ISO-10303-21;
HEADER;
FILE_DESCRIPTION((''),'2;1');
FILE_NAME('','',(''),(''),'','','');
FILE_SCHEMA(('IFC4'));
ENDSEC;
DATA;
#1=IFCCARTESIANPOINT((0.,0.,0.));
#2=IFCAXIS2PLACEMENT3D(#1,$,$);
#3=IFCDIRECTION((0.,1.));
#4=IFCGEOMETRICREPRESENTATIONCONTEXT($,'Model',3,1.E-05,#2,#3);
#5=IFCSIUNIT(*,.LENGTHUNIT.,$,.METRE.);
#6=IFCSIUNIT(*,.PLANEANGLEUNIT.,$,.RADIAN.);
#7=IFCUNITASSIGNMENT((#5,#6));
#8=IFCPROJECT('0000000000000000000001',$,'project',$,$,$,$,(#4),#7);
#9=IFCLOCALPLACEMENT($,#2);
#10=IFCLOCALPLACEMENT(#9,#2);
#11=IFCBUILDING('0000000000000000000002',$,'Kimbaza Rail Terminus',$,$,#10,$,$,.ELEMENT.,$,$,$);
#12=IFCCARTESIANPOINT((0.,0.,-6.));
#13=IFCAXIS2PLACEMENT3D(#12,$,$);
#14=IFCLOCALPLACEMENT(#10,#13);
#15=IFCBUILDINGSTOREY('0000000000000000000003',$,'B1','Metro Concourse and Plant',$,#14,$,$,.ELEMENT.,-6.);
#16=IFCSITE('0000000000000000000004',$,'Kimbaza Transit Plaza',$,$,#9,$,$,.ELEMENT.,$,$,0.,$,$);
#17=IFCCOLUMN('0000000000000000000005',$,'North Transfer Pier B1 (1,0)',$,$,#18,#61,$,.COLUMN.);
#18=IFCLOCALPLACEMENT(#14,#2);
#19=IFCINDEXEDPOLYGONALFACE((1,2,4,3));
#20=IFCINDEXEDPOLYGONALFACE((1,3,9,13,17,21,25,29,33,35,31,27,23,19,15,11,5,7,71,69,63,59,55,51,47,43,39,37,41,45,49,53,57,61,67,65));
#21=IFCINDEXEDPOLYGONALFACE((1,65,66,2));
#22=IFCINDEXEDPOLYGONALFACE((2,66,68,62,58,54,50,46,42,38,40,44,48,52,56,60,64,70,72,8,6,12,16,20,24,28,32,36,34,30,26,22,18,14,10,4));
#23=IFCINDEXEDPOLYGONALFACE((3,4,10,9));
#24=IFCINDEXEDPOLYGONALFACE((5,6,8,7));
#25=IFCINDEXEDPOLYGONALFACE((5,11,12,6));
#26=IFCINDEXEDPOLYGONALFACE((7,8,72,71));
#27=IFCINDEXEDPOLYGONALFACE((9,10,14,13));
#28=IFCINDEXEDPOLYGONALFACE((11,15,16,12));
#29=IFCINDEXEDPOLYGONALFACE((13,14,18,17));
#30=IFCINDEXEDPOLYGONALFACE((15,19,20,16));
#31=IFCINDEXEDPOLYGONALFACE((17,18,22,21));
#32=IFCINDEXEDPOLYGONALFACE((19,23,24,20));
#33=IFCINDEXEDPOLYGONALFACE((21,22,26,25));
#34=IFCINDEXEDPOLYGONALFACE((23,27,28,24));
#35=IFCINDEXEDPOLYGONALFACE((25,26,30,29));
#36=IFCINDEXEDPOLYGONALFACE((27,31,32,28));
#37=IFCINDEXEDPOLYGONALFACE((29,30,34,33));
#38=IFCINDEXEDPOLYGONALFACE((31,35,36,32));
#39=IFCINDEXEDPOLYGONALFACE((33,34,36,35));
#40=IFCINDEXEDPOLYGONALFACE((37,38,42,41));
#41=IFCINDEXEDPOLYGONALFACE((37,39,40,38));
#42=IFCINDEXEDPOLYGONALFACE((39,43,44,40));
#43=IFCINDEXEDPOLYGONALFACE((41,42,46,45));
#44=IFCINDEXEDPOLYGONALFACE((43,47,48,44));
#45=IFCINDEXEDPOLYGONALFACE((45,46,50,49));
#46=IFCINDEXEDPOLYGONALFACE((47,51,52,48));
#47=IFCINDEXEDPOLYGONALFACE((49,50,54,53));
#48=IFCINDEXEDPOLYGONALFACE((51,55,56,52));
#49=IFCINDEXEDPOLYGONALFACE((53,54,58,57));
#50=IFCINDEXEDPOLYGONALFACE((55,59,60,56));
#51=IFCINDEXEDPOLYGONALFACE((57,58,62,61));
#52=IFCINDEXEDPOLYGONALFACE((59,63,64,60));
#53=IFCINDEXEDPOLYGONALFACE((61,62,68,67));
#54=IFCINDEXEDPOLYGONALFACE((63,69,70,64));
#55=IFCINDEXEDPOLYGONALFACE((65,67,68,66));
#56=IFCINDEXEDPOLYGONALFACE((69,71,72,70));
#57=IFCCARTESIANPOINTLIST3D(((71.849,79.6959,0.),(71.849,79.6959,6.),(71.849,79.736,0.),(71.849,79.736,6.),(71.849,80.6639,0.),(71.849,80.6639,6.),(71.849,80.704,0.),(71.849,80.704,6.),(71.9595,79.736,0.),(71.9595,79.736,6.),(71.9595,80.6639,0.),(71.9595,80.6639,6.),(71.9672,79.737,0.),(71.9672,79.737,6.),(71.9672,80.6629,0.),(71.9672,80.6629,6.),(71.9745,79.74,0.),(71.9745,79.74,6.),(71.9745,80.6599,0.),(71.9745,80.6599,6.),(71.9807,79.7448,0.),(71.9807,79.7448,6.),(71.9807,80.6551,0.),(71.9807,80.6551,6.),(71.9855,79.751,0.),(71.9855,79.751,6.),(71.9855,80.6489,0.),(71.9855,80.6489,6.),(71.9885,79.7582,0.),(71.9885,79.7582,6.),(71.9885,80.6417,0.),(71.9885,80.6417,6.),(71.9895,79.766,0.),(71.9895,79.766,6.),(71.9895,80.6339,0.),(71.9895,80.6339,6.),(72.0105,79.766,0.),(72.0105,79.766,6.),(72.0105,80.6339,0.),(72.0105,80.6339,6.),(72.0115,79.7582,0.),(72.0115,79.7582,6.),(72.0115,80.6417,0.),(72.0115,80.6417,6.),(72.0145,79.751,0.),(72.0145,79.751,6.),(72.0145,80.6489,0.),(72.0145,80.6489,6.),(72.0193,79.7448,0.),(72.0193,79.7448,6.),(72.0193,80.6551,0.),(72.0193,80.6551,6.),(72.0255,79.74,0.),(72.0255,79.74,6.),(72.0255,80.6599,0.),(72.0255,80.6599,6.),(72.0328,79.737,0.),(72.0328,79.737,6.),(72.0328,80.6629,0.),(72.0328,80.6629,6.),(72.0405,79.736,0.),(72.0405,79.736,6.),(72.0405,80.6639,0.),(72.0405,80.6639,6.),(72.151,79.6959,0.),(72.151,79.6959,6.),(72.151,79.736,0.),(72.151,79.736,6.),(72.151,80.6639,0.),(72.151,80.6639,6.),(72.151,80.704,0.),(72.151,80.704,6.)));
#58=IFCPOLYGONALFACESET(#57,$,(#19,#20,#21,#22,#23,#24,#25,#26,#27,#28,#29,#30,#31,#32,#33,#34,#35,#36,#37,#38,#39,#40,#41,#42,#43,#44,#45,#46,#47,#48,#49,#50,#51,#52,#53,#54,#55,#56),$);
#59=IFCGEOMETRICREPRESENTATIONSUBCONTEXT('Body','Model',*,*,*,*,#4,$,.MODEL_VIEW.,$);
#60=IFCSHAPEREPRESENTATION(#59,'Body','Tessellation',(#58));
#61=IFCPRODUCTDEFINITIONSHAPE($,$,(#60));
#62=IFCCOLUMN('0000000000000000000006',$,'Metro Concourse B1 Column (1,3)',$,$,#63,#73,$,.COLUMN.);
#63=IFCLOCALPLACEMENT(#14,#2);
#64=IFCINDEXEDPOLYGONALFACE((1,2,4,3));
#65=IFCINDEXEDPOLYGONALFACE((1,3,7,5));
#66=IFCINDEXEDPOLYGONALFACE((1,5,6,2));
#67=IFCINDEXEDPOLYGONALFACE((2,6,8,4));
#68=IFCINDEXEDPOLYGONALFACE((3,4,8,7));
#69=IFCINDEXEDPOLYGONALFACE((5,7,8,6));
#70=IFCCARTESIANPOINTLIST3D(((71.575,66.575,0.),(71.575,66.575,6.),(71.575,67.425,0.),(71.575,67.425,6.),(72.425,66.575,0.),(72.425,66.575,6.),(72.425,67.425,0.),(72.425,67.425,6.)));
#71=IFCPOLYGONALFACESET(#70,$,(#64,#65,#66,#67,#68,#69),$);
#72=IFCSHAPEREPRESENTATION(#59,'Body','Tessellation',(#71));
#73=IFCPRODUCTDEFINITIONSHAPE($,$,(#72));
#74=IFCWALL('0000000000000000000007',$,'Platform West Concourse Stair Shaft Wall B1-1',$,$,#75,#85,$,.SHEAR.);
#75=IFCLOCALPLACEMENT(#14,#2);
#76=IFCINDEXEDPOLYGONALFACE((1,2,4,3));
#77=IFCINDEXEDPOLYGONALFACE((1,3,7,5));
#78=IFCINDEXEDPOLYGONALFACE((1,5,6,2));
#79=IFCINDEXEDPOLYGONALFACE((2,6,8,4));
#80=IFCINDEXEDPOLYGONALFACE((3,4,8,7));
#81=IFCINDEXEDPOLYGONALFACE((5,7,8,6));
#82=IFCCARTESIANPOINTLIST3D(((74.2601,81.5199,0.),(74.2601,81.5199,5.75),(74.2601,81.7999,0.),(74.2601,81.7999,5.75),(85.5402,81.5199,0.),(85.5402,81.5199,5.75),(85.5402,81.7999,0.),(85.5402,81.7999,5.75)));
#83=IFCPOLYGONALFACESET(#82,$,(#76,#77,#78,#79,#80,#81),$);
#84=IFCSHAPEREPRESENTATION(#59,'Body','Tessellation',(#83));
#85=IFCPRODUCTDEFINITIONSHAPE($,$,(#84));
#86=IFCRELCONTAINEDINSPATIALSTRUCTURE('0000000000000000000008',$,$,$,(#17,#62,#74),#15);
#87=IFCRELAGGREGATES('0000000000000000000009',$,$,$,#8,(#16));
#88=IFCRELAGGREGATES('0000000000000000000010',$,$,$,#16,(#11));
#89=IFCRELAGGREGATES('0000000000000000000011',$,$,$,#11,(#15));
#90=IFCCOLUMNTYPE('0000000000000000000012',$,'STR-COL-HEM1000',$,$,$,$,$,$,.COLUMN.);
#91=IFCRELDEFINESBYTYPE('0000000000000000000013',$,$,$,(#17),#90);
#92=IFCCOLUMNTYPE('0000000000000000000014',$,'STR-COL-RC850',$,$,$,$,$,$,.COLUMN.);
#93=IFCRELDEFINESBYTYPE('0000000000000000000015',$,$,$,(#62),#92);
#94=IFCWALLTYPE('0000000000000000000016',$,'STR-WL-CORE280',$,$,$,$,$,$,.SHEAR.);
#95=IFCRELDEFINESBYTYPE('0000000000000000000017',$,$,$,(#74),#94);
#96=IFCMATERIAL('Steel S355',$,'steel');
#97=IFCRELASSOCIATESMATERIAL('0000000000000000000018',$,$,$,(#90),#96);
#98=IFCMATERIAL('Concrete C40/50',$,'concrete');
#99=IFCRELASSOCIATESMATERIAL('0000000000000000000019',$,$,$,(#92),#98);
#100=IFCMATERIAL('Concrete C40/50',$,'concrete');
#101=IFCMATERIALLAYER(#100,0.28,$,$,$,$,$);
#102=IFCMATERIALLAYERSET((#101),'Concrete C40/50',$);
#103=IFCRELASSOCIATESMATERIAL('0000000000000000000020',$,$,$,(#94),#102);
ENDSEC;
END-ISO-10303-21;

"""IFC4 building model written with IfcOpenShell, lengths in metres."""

from ifc_helpers import new_model, si_unit, direction, frame, frame_2d, origin, origin_2d, place, context, subcontext, project, spatial, rectangle, i_section, extrude, material, layer, layer_set, material_profile, profile_set, type_object, element, save


model = new_model("IFC4")

# Units and contexts
model_context = context("Model", 3, precision=1e-05, world=origin(), true_north=direction((0.0, 1.0)))
body_context = subcontext(model_context, "Body", "Model", "MODEL_VIEW")
ifc_project = project(units=[si_unit("LENGTHUNIT", "METRE"), si_unit("PLANEANGLEUNIT", "RADIAN")], contexts=[model_context])

# Site, building, storey
site_placement = place(None, origin())
site = spatial("IfcSite", under=ifc_project, at=site_placement, Name="Kimbaza Transit Plaza", CompositionType="ELEMENT", RefElevation=0.0)
building_placement = place(site_placement, origin())
building = spatial("IfcBuilding", under=site, at=building_placement, Name="Kimbaza Rail Terminus", CompositionType="ELEMENT")
storey_placement = place(building_placement, frame((0.0, 0.0, -6.0)))
storey = spatial("IfcBuildingStorey", under=building, at=storey_placement, Name="B1", Description="Metro Concourse and Plant", CompositionType="ELEMENT", Elevation=-6.0)

# Columns
ifc_material_1 = material(Name="Steel S355", Category="steel")
ifc_material_profile_1 = material_profile(ifc_material_1, i_section(OverallWidth=0.302, OverallDepth=1.0081, WebThickness=0.021, FlangeThickness=0.04, FilletRadius=0.03, at=origin_2d()), Name="HEM 1000")
ifc_profile_set_1 = profile_set([ifc_material_profile_1], Name="Steel S355")
column_type_1 = type_object("IfcColumnType", Name="STR-COL-HEM1000", PredefinedType="COLUMN", material=ifc_profile_set_1)
column_1_placement = place(storey_placement, frame((72.0, 80.2, 0.0), z_axis=(0.0, 0.0, 1.0), x_axis=(1.0, 0.0, 0.0)))
element("IfcColumn", 1, at=column_1_placement, inside=storey, type_object=column_type_1, Name="North Transfer Pier B1 (1,0)", PredefinedType="COLUMN", context=body_context, shape_type="SweptSolid", body=[
    extrude(i_section(OverallWidth=0.302, OverallDepth=1.0081, WebThickness=0.021, FlangeThickness=0.04, FilletRadius=0.03, at=origin_2d()), origin(), (0.0, 0.0, 1.0), 6.0),
])
ifc_material_2 = material(Name="Concrete C40/50", Category="concrete")
ifc_material_profile_2 = material_profile(ifc_material_2, rectangle(XDim=0.8501, YDim=0.8501, at=origin_2d()), Name="RC 850x850")
ifc_profile_set_2 = profile_set([ifc_material_profile_2], Name="Concrete C40/50")
column_type_2 = type_object("IfcColumnType", Name="STR-COL-RC850", PredefinedType="COLUMN", material=ifc_profile_set_2)
column_2_placement = place(storey_placement, frame((72.0, 67.0, 0.0), z_axis=(0.0, 0.0, 1.0), x_axis=(1.0, 0.0, 0.0)))
element("IfcColumn", 2, at=column_2_placement, inside=storey, type_object=column_type_2, Name="Metro Concourse B1 Column (1,3)", PredefinedType="COLUMN", context=body_context, shape_type="SweptSolid", body=[
    extrude(rectangle(XDim=0.8501, YDim=0.8501, at=origin_2d()), origin(), (0.0, 0.0, 1.0), 6.0),
])

# Wall
ifc_material_3 = material(Name="Concrete C40/50", Category="concrete")
ifc_layer = layer(ifc_material_3, 0.28)
ifc_layer_set = layer_set([ifc_layer], Name="Concrete C40/50")
wall_type = type_object("IfcWallType", Name="STR-WL-CORE280", PredefinedType="SHEAR", material=ifc_layer_set)
wall_placement = place(storey_placement, frame((74.26, 81.6599, 0.0), z_axis=(0.0, 0.0, 1.0), x_axis=(1.0, 0.0, 0.0)))
element("IfcWall", 3, at=wall_placement, inside=storey, type_object=wall_type, Name="Platform West Concourse Stair Shaft Wall B1-1", PredefinedType="SHEAR", context=body_context, shape_type="SweptSolid", body=[
    extrude(rectangle(XDim=11.28, YDim=0.28, at=frame_2d((5.6401, 0.0))), origin(), (0.0, 0.0, 1.0), 5.75),
])

save(model, "model.ifc")
